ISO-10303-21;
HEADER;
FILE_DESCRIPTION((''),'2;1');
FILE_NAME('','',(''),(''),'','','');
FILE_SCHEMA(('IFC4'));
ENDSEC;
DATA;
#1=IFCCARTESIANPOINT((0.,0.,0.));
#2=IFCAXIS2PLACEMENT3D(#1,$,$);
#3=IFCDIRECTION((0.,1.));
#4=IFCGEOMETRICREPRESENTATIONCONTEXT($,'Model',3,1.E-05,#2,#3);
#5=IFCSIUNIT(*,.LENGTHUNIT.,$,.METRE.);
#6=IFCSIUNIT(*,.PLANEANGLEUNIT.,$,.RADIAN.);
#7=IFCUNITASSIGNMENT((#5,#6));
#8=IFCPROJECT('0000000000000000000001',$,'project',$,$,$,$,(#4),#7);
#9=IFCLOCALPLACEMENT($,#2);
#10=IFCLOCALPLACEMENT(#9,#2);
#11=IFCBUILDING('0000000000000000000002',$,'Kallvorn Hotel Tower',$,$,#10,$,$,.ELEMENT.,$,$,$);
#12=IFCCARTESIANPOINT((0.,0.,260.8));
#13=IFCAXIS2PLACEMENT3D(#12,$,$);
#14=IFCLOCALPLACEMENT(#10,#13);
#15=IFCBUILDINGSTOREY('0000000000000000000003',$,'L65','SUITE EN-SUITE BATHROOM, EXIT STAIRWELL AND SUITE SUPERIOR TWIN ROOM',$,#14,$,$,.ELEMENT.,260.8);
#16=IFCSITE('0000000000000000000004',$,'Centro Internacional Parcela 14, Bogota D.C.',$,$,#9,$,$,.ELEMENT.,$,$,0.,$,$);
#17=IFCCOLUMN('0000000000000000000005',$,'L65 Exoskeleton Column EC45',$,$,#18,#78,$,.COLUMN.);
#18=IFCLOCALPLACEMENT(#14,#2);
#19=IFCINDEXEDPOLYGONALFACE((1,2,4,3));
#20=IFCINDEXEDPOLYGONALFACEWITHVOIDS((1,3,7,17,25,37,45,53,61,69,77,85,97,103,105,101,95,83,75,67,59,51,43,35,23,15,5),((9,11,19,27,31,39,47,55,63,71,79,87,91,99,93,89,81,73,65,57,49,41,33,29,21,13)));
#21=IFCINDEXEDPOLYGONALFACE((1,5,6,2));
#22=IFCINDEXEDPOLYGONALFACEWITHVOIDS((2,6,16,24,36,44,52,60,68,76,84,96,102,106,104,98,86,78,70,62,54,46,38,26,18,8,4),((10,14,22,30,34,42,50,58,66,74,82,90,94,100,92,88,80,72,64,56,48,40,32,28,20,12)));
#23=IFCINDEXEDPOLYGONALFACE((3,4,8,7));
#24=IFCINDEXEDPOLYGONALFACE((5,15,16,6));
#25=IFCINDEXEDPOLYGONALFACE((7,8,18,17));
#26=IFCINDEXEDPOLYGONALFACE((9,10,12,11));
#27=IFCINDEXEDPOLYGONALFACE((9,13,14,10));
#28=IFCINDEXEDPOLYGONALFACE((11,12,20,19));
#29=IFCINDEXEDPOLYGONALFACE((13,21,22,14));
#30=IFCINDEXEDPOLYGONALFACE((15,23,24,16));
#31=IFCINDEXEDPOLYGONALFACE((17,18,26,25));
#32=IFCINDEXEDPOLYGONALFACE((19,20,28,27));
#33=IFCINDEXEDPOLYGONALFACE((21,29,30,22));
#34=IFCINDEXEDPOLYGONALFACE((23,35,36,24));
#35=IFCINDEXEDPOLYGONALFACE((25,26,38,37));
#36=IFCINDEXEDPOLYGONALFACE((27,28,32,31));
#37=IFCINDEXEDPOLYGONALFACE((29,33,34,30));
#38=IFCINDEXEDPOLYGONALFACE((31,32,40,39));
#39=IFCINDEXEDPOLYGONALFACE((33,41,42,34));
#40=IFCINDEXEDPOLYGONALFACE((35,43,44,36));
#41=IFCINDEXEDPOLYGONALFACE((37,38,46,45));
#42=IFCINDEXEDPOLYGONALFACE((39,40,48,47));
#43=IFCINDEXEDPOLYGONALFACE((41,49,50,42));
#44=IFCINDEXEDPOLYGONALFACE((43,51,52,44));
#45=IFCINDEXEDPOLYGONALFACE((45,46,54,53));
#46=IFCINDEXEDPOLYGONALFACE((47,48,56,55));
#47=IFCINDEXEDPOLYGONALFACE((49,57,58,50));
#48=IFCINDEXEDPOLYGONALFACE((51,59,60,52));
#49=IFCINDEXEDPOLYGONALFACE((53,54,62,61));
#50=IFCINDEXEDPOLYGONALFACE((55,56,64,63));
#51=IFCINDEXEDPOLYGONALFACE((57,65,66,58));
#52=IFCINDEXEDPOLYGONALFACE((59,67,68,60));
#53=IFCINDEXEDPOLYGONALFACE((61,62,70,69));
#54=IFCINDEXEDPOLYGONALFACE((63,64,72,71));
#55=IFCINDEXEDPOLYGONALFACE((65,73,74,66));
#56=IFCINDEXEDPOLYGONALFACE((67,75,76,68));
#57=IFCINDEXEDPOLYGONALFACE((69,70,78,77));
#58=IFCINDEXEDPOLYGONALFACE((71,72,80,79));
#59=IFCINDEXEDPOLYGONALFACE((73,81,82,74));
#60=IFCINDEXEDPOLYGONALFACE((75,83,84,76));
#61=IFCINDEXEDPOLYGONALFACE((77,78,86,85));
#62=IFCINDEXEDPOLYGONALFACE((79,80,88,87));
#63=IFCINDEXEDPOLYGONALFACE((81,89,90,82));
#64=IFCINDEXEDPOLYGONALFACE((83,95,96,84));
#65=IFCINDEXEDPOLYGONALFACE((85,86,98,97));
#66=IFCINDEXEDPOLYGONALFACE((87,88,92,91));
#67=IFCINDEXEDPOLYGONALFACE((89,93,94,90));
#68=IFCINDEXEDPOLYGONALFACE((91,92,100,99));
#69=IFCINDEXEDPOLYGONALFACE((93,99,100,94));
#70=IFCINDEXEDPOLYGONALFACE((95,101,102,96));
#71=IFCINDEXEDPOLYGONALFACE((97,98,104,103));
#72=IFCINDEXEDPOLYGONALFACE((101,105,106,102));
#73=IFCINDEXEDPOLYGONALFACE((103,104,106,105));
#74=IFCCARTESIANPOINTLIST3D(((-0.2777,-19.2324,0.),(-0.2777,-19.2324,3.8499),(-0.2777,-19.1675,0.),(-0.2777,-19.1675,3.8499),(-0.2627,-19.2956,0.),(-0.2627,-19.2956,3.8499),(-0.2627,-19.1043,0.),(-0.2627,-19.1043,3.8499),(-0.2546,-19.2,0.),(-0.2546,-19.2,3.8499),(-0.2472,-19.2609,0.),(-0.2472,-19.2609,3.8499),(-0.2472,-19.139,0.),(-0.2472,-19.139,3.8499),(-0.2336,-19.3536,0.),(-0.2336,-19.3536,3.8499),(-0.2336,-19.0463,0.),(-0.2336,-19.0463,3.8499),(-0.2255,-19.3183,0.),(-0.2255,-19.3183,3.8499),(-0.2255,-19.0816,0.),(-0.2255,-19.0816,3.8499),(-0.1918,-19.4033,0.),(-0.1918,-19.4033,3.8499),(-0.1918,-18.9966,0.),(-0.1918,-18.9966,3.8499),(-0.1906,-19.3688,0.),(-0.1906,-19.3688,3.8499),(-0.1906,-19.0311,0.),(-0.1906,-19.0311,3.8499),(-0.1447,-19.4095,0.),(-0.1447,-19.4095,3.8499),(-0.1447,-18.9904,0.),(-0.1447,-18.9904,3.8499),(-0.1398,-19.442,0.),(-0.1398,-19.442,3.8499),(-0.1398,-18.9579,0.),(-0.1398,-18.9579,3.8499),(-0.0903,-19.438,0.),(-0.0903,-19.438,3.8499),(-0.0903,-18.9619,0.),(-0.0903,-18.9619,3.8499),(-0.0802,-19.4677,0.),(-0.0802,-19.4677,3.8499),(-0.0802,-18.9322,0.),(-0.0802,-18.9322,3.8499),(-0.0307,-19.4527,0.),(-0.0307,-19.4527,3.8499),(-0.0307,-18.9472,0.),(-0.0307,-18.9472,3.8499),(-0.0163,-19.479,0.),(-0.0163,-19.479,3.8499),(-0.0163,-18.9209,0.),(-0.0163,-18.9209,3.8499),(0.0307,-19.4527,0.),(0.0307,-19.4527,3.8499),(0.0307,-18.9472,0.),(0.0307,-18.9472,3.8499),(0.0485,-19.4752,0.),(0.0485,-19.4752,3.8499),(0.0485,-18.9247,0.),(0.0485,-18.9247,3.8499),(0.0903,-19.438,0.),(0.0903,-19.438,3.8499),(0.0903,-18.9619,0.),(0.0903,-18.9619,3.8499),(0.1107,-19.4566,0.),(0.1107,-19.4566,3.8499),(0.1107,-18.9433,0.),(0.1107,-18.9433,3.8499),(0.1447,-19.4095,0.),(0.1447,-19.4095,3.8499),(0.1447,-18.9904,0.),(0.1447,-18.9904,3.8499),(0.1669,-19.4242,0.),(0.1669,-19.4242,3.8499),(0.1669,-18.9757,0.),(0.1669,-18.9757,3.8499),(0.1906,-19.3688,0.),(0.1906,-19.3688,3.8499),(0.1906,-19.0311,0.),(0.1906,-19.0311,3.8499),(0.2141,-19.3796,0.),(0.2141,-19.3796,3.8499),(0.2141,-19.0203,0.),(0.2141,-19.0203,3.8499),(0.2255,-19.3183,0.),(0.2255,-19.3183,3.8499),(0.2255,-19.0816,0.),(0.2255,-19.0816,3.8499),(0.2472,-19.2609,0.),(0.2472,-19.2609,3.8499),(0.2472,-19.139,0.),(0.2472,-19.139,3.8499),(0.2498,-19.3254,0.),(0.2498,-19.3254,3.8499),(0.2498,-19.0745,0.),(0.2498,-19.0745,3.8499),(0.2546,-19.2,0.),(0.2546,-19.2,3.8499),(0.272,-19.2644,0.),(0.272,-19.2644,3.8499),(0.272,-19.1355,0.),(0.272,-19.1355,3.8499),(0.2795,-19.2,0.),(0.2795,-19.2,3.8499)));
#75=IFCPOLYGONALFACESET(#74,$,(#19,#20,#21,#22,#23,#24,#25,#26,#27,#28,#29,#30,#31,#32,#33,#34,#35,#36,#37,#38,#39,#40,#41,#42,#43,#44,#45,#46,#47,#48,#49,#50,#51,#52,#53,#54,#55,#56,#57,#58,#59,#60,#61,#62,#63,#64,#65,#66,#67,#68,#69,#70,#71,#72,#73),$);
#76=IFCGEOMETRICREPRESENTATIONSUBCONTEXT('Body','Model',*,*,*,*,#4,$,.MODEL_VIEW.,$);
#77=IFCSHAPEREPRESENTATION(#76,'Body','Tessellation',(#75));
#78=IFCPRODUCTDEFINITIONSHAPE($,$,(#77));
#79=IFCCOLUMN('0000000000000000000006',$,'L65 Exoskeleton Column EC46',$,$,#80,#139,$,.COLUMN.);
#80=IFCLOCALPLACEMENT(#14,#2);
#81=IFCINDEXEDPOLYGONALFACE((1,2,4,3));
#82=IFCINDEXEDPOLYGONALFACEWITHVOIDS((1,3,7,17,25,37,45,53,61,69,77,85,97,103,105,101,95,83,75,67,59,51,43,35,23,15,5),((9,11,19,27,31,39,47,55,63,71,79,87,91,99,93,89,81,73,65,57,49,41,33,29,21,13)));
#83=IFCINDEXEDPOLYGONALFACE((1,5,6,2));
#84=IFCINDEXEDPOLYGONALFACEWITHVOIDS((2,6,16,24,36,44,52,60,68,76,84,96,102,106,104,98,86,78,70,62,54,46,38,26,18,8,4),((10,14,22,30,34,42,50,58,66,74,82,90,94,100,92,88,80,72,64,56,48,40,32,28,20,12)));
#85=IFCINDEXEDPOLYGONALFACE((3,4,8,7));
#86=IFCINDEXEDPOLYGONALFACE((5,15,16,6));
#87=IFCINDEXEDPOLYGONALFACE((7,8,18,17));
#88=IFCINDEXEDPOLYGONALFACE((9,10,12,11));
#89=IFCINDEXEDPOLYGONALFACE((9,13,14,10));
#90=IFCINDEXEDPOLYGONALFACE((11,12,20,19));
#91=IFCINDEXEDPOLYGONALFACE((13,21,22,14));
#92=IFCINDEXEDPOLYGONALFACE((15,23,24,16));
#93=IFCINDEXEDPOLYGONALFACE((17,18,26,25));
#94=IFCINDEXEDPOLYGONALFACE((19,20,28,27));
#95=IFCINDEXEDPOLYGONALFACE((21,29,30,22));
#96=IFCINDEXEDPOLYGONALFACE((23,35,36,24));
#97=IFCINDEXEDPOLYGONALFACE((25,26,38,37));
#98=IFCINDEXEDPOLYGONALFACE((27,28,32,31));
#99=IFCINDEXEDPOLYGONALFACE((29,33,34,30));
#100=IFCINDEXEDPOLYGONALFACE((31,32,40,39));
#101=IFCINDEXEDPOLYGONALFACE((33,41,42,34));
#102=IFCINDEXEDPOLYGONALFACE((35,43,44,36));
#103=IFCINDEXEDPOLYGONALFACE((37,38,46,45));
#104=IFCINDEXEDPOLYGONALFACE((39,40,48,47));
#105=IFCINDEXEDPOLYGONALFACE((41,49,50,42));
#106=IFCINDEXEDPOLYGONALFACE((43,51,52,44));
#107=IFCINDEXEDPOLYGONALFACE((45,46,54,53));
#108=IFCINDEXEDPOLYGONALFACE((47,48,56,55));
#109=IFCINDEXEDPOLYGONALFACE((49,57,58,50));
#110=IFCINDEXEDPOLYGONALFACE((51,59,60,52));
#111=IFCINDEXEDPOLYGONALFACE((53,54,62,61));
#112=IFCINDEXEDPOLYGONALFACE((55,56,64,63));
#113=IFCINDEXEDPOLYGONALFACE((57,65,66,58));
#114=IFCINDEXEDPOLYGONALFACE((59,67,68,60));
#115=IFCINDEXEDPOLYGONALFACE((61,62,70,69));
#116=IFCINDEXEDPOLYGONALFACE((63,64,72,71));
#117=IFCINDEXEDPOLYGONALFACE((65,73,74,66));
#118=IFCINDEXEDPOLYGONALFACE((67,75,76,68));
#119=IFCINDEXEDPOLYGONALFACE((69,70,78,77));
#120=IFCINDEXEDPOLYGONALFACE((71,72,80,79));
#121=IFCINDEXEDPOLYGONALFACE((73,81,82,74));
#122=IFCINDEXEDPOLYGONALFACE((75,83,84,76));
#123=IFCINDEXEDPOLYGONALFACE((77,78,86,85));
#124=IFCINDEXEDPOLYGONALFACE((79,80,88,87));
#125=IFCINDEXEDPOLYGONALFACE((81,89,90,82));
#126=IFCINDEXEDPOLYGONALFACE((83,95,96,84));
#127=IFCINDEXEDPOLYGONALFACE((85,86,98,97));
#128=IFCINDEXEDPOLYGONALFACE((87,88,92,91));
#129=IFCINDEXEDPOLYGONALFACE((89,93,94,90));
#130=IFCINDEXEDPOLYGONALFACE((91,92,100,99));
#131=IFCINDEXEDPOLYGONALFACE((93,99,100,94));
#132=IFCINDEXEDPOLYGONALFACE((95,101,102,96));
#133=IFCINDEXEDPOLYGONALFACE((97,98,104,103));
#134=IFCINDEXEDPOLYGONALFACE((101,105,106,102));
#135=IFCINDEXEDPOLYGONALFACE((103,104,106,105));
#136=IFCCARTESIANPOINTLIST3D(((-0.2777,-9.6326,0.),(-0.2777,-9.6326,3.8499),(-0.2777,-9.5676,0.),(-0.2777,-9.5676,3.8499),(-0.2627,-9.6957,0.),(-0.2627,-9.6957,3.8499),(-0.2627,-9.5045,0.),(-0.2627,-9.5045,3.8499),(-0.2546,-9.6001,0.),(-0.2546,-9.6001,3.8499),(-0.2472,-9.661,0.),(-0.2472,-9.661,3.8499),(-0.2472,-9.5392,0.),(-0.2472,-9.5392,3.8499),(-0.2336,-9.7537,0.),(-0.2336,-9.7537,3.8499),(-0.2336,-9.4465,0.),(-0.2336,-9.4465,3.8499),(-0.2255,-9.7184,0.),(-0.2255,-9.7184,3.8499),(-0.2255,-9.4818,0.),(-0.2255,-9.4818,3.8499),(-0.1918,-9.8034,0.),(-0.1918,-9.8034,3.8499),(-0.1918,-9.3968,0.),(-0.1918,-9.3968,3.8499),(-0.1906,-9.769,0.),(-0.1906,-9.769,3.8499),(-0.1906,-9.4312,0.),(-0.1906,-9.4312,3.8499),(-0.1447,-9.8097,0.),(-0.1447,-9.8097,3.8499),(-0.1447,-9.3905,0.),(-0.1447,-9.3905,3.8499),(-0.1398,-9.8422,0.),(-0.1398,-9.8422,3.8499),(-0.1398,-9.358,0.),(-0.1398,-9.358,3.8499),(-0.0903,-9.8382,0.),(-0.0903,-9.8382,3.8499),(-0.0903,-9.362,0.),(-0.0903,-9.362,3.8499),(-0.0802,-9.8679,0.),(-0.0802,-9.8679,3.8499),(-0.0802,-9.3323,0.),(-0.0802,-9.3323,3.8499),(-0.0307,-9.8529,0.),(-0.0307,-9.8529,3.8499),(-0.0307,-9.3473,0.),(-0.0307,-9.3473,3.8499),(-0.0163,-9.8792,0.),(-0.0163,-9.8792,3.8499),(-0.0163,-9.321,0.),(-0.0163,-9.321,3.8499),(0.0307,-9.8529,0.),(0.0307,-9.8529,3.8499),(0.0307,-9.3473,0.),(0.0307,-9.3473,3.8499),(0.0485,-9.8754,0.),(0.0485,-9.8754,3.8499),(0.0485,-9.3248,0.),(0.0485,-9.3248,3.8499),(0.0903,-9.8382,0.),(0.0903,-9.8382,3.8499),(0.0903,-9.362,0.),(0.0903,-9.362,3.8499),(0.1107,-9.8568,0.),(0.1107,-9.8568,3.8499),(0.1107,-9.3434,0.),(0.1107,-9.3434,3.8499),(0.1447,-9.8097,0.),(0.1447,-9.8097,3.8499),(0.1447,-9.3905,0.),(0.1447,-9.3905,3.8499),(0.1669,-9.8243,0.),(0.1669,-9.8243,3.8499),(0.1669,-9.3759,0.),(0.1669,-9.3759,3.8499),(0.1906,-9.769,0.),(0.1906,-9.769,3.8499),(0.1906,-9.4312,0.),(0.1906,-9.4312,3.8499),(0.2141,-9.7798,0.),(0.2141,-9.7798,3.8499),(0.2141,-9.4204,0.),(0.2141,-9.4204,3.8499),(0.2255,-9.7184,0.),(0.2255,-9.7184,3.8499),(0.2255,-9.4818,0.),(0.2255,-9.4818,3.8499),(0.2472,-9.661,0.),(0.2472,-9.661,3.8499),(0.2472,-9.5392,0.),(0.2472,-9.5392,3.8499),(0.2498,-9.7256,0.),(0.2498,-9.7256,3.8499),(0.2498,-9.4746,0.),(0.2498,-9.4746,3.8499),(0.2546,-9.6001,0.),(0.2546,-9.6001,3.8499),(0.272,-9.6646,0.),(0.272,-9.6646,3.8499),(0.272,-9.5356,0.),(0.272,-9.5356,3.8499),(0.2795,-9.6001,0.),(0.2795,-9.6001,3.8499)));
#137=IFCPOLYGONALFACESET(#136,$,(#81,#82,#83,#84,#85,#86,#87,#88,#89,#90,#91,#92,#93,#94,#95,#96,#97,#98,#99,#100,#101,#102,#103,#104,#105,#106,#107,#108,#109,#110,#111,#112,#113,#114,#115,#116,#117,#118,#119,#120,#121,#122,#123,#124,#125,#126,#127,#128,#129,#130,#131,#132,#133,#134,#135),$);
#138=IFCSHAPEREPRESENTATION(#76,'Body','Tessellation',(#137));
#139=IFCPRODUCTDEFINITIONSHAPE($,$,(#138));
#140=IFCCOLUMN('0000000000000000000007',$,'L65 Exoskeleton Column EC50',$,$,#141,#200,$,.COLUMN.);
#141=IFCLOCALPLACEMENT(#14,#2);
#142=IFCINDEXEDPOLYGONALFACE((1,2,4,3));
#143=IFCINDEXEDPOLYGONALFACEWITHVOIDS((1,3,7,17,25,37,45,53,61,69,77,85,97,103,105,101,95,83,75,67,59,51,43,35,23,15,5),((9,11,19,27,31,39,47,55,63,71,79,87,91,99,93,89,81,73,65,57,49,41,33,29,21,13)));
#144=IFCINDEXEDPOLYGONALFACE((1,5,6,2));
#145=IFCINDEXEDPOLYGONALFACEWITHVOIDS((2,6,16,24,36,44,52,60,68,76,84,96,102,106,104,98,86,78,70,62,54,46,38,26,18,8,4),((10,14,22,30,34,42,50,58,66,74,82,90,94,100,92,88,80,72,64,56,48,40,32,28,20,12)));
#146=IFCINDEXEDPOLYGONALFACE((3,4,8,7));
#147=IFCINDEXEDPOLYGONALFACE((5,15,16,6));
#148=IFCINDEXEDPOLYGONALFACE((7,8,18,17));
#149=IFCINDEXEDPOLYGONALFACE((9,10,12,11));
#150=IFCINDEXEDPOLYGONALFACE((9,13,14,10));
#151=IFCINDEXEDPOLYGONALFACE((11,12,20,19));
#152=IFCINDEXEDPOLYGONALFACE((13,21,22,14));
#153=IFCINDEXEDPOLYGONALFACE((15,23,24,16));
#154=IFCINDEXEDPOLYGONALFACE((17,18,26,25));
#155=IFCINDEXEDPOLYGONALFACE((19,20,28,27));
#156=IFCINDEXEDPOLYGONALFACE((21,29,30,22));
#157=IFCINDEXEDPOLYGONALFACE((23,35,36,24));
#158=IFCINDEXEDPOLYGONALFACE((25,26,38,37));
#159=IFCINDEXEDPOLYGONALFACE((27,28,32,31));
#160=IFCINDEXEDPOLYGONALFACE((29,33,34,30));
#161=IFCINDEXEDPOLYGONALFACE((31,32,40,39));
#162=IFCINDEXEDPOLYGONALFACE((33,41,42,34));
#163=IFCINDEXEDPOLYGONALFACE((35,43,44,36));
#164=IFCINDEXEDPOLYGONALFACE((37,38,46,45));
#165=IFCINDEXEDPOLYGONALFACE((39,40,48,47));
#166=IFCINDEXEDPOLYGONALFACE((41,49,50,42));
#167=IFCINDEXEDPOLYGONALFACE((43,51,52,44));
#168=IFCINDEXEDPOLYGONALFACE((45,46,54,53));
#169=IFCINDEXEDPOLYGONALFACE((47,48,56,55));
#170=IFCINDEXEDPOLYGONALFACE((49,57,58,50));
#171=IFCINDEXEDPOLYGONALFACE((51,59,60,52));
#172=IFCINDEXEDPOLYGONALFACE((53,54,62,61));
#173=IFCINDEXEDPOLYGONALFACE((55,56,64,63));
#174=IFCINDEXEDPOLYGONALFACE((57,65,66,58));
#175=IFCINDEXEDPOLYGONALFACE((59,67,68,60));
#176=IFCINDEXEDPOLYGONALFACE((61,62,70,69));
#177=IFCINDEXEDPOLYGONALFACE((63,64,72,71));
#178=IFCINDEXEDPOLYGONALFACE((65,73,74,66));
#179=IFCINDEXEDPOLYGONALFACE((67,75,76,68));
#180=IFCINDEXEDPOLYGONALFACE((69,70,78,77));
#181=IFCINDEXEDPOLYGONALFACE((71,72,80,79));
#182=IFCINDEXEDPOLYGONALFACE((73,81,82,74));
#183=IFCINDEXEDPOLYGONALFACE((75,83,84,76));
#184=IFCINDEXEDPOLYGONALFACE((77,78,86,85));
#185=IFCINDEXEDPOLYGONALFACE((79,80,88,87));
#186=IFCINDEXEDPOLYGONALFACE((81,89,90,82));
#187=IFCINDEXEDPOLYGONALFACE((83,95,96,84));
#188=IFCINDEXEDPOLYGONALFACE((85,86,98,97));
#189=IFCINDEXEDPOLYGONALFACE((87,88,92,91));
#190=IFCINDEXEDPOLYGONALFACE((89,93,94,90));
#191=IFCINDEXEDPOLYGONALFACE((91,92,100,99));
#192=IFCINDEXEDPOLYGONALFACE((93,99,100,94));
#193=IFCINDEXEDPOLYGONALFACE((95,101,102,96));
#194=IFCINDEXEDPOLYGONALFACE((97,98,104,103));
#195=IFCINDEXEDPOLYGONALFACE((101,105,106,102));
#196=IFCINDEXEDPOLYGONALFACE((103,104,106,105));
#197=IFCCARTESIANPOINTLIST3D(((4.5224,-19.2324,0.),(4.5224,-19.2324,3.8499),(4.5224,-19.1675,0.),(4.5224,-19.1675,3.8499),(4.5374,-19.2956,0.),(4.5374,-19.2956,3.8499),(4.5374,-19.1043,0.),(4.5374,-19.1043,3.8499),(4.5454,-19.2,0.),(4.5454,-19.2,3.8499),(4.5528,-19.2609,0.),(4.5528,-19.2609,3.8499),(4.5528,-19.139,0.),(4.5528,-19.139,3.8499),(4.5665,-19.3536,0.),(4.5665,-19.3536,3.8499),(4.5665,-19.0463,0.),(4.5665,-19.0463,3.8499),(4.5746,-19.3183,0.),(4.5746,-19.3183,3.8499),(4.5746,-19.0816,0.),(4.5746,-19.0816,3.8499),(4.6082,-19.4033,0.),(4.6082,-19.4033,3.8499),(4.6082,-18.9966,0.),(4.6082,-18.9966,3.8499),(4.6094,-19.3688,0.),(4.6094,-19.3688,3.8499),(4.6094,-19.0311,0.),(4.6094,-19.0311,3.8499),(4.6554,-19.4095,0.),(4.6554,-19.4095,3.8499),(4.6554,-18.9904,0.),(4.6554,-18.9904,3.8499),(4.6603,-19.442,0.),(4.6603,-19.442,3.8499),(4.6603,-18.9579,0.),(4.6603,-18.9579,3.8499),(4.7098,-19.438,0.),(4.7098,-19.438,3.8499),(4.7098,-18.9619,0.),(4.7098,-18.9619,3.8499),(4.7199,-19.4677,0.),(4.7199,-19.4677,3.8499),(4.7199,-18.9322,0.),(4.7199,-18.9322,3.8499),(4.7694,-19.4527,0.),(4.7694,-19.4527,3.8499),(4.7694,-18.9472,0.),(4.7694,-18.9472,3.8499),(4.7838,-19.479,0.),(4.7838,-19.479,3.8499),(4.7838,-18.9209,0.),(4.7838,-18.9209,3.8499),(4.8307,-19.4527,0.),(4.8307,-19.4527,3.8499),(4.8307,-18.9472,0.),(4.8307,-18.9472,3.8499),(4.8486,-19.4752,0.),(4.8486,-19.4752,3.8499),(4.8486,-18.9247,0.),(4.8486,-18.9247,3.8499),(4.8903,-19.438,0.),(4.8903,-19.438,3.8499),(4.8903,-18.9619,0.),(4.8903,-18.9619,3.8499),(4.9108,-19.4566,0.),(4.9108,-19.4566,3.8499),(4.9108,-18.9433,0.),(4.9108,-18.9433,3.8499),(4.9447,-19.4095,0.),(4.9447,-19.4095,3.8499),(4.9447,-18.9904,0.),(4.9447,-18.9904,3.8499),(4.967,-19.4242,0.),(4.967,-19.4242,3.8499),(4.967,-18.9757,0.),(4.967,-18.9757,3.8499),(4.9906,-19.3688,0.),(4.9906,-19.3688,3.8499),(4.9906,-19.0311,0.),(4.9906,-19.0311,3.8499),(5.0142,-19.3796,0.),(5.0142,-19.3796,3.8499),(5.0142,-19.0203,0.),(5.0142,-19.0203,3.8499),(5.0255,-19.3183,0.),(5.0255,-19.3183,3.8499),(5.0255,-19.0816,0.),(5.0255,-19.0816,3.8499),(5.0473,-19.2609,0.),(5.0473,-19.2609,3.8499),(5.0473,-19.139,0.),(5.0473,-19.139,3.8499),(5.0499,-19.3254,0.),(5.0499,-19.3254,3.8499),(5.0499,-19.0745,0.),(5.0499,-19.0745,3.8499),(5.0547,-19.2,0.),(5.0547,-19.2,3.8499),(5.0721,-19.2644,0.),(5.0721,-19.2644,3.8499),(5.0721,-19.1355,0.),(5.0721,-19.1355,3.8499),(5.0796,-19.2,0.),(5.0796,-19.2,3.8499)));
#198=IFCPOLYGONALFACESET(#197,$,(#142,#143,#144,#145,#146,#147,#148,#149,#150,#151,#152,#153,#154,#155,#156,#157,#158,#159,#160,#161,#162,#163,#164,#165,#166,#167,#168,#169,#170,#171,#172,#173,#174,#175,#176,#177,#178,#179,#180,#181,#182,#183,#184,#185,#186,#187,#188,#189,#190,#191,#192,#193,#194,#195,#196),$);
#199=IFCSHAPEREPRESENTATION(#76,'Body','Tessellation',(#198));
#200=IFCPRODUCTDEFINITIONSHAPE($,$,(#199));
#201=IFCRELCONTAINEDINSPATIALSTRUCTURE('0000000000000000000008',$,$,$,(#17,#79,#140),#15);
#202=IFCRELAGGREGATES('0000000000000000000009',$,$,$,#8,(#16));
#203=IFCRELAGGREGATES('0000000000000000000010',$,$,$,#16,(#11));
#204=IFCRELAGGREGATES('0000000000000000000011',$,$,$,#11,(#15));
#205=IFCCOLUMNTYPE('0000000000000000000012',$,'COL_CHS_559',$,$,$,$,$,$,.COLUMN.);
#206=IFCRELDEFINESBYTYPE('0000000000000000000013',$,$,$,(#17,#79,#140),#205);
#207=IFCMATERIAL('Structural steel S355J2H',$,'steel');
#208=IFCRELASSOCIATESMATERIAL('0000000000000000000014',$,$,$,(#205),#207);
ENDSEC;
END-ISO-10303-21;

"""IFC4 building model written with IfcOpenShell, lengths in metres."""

from ifc_helpers import new_model, si_unit, direction, frame, origin, origin_2d, place, context, subcontext, project, spatial, hollow_circle, extrude, material, material_profile, profile_set, type_object, element, save


model = new_model("IFC4")

# Units and contexts
model_context = context("Model", 3, precision=1e-05, world=origin(), true_north=direction((0.0, 1.0)))
body_context = subcontext(model_context, "Body", "Model", "MODEL_VIEW")
ifc_project = project(units=[si_unit("LENGTHUNIT", "METRE"), si_unit("PLANEANGLEUNIT", "RADIAN")], contexts=[model_context])

# Site, building, storey
site_placement = place(None, origin())
site = spatial("IfcSite", under=ifc_project, at=site_placement, Name="Centro Internacional Parcela 14, Bogota D.C.", CompositionType="ELEMENT", RefElevation=0.0)
building_placement = place(site_placement, origin())
building = spatial("IfcBuilding", under=site, at=building_placement, Name="Kallvorn Hotel Tower", CompositionType="ELEMENT")
storey_placement = place(building_placement, frame((0.0, 0.0, 260.8)))
storey = spatial("IfcBuildingStorey", under=building, at=storey_placement, Name="L65", Description="SUITE EN-SUITE BATHROOM, EXIT STAIRWELL AND SUITE SUPERIOR TWIN ROOM", CompositionType="ELEMENT", Elevation=260.8)

# Columns
ifc_material_1 = material(Name="Structural steel S355J2H", Category="steel")
ifc_material_profile_1 = material_profile(ifc_material_1, hollow_circle(Radius=0.2795, WallThickness=0.0249, at=origin_2d()), Name="CHS 559x25")
ifc_profile_set_1 = profile_set([ifc_material_profile_1], Name="Structural steel S355J2H")
column_type_1 = type_object("IfcColumnType", Name="COL_CHS_559", PredefinedType="COLUMN", material=ifc_profile_set_1)
for number, where, z_axis, x_axis, name in (
    (1, (0.0, -19.2, 0.0), (0.0, 0.0, 1.0), (1.0, 0.0, 0.0), "L65 Exoskeleton Column EC45"),
    (2, (0.0, -9.6001, 0.0), (0.0, 0.0, 1.0), (1.0, 0.0, 0.0), "L65 Exoskeleton Column EC46"),
    (3, (4.8, -19.2, 0.0), (0.0, 0.0, 1.0), (1.0, 0.0, 0.0), "L65 Exoskeleton Column EC50"),
):
    element("IfcColumn", number, at=place(storey_placement, frame(where, z_axis=z_axis, x_axis=x_axis)), inside=storey, type_object=column_type_1, Name=name, PredefinedType="COLUMN", context=body_context, shape_type="SweptSolid", body=[
        extrude(hollow_circle(Radius=0.2795, WallThickness=0.0249, at=origin_2d()), origin(), (0.0, 0.0, 1.0), 3.8499),
    ])

save(model, "model.ifc")
